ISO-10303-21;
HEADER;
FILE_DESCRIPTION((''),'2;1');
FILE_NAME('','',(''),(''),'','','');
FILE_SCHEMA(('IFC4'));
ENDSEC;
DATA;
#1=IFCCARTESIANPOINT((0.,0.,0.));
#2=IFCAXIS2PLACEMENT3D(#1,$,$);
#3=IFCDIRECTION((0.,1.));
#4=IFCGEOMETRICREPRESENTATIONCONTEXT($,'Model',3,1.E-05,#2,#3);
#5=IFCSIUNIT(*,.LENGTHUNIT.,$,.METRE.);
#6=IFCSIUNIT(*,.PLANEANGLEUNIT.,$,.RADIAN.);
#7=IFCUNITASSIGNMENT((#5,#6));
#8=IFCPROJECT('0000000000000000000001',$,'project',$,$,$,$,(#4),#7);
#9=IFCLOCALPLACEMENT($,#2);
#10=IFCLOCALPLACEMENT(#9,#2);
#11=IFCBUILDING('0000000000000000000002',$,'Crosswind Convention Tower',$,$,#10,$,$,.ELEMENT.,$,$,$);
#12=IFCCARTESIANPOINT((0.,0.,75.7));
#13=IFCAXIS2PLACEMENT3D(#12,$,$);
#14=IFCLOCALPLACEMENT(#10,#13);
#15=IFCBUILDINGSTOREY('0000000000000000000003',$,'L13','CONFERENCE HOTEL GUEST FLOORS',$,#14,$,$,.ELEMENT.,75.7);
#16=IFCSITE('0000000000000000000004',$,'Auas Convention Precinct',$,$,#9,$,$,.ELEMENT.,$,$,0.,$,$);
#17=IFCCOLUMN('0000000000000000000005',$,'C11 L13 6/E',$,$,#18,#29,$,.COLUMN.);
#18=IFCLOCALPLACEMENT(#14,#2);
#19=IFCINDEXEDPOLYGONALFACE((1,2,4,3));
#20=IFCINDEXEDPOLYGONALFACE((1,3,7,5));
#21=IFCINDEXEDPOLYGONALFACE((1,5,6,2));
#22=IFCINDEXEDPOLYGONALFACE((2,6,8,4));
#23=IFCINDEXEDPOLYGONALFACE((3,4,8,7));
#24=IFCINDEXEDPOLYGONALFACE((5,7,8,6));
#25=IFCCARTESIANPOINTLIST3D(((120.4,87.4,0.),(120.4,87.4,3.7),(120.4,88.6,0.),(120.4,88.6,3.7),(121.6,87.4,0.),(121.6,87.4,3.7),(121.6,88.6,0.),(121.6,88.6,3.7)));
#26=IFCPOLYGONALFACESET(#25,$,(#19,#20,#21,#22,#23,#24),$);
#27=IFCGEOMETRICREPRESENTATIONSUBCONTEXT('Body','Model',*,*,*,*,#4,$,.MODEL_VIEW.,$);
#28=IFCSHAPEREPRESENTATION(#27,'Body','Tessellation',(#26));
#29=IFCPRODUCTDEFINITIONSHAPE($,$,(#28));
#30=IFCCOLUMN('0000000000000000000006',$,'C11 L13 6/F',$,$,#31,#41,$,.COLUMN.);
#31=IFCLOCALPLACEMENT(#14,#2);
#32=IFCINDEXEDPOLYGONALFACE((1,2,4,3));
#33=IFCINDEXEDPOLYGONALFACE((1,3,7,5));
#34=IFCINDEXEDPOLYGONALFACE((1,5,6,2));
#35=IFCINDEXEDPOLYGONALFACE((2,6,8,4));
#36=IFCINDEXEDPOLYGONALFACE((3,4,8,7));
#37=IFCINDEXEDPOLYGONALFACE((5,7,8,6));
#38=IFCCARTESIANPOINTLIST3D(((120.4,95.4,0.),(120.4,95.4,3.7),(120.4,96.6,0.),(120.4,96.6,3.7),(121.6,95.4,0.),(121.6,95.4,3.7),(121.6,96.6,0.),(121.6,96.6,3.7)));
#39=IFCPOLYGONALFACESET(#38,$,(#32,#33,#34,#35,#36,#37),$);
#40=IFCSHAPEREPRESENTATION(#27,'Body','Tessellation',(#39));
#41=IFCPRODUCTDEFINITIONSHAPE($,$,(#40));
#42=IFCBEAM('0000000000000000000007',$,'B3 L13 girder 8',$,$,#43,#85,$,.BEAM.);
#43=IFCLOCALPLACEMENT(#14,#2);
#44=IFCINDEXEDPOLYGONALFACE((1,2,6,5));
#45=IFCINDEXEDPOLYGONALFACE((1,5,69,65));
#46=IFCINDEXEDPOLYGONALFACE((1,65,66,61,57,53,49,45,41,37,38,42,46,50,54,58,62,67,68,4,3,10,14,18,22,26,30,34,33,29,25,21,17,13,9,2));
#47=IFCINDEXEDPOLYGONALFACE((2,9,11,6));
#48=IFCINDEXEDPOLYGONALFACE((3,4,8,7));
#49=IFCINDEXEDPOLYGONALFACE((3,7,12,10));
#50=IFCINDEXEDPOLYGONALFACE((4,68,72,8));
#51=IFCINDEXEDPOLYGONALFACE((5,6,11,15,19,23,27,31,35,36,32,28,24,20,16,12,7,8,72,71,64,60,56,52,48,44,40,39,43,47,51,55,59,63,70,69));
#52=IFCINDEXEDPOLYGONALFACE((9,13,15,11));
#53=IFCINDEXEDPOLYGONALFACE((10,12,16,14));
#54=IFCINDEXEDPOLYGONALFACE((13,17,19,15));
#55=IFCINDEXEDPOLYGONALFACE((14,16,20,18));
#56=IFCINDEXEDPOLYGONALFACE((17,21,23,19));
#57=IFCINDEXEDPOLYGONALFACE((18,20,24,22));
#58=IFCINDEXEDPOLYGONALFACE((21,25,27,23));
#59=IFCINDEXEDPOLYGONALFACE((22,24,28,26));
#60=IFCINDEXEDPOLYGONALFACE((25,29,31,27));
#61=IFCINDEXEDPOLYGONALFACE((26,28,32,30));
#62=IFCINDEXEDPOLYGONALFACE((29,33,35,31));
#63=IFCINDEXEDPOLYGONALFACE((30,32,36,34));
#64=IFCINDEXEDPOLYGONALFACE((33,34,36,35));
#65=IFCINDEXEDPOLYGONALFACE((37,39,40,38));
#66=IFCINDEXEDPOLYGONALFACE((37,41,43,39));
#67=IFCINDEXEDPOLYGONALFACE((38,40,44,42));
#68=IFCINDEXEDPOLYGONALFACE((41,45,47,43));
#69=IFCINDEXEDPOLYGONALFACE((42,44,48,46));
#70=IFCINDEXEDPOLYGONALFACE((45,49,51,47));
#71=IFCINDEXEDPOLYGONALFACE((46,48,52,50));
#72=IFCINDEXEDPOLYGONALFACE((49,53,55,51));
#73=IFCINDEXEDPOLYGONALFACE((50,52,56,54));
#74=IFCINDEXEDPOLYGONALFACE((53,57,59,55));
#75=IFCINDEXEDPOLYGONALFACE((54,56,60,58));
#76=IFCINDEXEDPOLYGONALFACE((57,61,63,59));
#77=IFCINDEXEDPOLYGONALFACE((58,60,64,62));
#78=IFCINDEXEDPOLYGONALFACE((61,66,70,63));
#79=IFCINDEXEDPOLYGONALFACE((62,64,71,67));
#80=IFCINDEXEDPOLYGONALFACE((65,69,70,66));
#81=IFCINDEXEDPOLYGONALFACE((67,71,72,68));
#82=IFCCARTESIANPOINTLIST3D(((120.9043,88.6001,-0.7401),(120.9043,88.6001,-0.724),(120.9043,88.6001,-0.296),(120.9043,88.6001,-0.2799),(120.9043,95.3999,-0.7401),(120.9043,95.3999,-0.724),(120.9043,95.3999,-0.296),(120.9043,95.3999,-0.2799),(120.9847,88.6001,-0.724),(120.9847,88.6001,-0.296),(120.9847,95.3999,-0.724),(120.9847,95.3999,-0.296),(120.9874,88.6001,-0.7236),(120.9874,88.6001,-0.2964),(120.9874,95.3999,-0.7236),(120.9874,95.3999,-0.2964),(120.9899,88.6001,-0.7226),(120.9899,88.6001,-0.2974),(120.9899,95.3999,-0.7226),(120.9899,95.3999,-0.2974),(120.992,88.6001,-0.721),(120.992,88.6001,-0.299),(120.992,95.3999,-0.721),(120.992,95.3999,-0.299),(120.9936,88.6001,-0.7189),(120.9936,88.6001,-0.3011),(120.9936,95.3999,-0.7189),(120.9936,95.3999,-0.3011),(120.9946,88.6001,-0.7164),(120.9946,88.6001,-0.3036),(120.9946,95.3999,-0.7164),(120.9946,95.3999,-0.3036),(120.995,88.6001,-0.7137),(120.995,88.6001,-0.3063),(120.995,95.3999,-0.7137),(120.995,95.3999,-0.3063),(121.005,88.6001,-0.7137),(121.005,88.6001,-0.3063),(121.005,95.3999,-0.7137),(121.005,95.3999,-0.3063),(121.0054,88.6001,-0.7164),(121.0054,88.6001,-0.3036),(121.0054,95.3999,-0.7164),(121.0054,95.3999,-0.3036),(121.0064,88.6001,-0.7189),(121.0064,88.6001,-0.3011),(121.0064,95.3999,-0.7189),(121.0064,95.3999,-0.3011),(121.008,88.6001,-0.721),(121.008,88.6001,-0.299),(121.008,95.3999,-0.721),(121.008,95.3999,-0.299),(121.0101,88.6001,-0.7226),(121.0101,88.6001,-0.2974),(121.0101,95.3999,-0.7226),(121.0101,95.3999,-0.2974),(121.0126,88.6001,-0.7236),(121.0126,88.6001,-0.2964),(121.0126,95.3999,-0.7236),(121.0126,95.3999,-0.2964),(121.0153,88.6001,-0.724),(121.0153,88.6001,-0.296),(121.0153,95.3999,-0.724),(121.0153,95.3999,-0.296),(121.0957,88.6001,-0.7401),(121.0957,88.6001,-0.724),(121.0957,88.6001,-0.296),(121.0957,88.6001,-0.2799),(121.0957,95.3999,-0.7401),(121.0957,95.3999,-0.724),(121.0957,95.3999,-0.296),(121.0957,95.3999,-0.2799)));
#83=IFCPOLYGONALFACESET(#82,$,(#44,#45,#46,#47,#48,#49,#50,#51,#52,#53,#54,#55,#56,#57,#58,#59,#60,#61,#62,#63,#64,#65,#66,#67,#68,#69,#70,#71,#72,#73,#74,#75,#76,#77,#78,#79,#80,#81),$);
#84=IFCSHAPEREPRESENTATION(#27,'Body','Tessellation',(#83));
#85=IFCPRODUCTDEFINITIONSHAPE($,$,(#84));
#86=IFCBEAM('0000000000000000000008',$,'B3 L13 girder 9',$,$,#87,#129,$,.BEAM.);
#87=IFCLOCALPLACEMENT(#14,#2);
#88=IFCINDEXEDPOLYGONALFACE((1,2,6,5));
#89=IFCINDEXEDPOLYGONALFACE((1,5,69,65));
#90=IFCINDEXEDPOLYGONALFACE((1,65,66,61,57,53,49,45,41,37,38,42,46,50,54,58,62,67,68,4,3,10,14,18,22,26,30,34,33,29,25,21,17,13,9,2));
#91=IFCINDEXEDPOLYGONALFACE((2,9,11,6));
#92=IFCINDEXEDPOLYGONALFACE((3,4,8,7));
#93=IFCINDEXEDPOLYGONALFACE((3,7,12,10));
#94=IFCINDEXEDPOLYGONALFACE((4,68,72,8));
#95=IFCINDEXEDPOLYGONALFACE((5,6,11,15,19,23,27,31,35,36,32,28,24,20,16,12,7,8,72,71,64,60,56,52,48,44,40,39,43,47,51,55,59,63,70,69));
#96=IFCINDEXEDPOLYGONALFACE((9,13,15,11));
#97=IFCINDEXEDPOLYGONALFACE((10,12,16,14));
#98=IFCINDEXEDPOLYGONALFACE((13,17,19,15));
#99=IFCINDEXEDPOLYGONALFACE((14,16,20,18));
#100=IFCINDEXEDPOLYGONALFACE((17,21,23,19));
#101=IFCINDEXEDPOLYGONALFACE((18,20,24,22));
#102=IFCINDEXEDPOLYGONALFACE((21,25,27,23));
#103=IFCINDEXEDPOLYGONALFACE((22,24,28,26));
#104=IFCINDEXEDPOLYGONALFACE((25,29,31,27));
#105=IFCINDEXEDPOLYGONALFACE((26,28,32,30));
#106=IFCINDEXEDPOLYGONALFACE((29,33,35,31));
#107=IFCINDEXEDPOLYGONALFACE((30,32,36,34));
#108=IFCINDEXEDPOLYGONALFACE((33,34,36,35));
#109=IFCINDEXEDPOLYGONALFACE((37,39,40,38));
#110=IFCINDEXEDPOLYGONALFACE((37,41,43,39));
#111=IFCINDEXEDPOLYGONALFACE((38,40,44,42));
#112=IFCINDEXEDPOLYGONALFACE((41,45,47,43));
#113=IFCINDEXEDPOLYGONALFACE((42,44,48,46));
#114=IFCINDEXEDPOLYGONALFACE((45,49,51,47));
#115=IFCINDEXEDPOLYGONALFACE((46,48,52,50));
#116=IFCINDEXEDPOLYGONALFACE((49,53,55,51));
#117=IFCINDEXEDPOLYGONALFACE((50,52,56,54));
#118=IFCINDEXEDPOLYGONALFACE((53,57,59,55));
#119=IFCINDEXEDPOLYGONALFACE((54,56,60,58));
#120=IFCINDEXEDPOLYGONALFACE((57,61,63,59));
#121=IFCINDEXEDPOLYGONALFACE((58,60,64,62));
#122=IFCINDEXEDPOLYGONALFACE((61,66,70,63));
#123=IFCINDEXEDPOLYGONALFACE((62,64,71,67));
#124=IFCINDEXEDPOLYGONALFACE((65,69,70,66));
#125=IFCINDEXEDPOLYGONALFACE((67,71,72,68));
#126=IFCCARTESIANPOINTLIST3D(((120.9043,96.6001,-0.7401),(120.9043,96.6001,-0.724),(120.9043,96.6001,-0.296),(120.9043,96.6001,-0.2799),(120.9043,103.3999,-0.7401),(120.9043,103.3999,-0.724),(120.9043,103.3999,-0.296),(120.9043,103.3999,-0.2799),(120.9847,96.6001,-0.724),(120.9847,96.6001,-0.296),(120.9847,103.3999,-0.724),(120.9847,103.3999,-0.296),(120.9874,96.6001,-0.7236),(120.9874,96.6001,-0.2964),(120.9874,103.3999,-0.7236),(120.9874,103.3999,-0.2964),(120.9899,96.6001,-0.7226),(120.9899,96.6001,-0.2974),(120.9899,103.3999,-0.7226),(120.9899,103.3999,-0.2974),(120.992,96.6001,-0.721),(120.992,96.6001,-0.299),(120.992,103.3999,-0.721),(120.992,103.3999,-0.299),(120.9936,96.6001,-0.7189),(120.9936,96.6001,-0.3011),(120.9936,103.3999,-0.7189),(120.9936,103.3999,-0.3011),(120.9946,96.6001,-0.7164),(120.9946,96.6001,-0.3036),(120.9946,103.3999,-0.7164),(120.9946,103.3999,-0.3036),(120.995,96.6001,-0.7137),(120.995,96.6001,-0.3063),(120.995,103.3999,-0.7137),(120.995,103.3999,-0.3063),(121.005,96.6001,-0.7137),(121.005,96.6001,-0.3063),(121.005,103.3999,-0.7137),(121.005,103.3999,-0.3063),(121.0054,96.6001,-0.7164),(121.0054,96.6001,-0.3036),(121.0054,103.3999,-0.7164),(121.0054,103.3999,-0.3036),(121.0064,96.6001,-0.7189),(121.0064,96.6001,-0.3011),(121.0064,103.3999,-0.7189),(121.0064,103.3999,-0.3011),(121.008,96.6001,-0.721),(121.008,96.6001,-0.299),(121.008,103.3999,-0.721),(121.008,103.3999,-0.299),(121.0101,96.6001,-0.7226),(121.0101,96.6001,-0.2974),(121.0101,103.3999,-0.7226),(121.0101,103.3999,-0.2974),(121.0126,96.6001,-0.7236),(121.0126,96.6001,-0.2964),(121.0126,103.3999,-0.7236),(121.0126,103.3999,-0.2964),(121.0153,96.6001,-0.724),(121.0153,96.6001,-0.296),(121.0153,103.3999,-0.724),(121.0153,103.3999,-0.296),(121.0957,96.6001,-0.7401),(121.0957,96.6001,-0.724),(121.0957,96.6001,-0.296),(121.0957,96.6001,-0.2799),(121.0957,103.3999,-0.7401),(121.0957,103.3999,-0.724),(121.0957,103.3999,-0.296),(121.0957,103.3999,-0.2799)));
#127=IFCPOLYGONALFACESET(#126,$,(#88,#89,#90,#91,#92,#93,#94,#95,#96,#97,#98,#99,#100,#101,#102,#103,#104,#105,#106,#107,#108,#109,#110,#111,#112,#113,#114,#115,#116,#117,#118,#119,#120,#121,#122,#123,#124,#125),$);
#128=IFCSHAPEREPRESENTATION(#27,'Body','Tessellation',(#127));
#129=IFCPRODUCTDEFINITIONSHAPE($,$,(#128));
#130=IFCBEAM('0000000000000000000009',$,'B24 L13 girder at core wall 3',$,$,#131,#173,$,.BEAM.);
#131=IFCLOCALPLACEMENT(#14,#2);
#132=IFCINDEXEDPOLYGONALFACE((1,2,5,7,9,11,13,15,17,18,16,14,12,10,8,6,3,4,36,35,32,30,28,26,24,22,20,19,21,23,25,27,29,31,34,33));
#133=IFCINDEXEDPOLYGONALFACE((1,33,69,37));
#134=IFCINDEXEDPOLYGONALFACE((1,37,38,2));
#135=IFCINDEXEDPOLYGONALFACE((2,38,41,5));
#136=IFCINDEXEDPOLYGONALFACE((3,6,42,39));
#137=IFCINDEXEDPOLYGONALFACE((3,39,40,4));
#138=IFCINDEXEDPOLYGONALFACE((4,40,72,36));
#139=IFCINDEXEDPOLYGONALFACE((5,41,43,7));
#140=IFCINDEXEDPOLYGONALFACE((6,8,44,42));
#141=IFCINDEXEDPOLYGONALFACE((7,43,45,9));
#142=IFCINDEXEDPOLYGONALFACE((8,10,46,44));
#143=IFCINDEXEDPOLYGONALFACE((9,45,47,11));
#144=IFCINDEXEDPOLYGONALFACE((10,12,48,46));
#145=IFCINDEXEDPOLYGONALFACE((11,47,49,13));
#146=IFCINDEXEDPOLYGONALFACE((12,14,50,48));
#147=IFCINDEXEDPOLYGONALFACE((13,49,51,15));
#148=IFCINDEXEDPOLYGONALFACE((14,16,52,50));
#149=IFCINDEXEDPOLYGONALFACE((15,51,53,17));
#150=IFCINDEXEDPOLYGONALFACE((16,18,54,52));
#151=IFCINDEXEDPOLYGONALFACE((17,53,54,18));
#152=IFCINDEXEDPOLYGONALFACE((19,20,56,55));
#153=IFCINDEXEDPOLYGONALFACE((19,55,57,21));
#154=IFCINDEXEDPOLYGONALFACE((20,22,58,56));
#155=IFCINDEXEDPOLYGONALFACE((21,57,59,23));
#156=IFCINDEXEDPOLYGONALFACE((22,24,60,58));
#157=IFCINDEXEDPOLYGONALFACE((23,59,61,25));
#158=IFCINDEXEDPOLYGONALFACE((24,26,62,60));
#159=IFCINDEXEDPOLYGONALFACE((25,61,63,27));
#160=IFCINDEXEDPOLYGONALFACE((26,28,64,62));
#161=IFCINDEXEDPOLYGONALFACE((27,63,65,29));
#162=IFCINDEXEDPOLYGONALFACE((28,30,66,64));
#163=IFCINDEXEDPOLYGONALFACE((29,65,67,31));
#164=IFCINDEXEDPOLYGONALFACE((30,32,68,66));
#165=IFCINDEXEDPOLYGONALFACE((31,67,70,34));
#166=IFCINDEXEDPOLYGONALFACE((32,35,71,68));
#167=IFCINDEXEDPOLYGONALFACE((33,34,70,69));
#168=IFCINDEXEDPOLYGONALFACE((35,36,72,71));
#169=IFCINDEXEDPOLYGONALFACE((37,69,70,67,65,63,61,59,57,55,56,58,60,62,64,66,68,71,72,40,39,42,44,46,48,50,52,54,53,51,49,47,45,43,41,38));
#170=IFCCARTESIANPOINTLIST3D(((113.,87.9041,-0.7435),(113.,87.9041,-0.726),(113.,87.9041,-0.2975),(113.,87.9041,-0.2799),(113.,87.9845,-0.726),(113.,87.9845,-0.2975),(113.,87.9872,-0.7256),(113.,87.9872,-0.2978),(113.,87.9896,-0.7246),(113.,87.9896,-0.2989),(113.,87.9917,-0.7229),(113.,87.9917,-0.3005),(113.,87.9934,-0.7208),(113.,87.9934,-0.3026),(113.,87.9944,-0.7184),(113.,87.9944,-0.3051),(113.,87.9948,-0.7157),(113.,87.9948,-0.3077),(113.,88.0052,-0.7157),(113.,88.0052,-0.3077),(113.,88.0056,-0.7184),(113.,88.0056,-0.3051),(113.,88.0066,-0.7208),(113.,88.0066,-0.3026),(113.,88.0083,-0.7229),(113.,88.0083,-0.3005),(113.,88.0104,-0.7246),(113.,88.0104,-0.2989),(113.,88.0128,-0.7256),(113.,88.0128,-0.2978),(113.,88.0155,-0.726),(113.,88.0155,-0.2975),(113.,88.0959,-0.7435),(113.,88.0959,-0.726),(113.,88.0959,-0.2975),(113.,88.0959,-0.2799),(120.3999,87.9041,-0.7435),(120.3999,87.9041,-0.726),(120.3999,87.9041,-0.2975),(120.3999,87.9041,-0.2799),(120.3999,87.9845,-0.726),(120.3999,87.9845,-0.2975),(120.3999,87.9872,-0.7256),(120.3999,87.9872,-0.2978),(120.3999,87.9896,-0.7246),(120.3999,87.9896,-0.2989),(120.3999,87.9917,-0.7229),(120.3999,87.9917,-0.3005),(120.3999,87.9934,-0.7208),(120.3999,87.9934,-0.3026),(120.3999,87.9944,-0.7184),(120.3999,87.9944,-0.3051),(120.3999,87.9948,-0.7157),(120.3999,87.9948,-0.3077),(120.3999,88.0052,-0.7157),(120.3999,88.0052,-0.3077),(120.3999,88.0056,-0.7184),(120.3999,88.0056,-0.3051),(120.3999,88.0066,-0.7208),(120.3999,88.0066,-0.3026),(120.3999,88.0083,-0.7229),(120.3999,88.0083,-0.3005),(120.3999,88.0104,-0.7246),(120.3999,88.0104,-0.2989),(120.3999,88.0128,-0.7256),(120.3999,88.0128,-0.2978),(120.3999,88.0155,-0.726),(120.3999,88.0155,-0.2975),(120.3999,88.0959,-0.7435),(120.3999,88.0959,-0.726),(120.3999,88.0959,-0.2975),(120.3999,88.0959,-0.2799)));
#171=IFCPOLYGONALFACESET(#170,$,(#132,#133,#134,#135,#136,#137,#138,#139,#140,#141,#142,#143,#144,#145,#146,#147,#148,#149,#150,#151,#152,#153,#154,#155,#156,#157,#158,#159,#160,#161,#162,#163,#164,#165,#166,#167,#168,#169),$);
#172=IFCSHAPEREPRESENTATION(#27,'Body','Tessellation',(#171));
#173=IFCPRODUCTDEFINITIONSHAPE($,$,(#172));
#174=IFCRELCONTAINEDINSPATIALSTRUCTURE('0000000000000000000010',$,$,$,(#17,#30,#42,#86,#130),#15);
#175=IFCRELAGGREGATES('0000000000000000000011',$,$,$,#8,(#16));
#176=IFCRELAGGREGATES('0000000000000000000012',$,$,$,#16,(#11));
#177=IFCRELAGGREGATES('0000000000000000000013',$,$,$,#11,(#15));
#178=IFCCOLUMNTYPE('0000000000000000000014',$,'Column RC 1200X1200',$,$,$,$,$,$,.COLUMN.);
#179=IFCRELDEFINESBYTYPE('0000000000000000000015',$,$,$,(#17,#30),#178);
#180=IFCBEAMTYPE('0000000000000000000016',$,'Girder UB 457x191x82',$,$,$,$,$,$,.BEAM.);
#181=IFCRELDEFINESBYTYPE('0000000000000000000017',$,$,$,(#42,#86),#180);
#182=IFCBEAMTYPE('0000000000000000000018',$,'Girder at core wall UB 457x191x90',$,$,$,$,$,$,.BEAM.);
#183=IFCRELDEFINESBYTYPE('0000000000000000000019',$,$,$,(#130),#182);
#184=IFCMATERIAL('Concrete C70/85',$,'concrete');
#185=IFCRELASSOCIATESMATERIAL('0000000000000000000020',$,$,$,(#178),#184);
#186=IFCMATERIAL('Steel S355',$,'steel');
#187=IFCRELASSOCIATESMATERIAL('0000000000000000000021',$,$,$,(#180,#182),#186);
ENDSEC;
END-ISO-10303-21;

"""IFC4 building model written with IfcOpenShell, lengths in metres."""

from ifc_helpers import new_model, si_unit, direction, frame, origin, origin_2d, place, context, subcontext, project, spatial, rectangle, i_section, extrude, material, material_profile, profile_set, type_object, element, save


model = new_model("IFC4")

# Units and contexts
model_context = context("Model", 3, precision=1e-05, world=origin(), true_north=direction((0.0, 1.0)))
body_context = subcontext(model_context, "Body", "Model", "MODEL_VIEW")
ifc_project = project(units=[si_unit("LENGTHUNIT", "METRE"), si_unit("PLANEANGLEUNIT", "RADIAN")], contexts=[model_context])

# Site, building, storey
site_placement = place(None, origin())
site = spatial("IfcSite", under=ifc_project, at=site_placement, Name="Auas Convention Precinct", CompositionType="ELEMENT", RefElevation=0.0)
building_placement = place(site_placement, origin())
building = spatial("IfcBuilding", under=site, at=building_placement, Name="Crosswind Convention Tower", CompositionType="ELEMENT")
storey_placement = place(building_placement, frame((0.0, 0.0, 75.7)))
storey = spatial("IfcBuildingStorey", under=building, at=storey_placement, Name="L13", Description="CONFERENCE HOTEL GUEST FLOORS", CompositionType="ELEMENT", Elevation=75.7)

# Columns
ifc_material_1 = material(Name="Concrete C70/85", Category="concrete")
ifc_material_profile_1 = material_profile(ifc_material_1, rectangle(XDim=1.2, YDim=1.2, at=origin_2d()), Name="RC 1200X1200")
ifc_profile_set_1 = profile_set([ifc_material_profile_1], Name="Concrete C70/85")
column_type = type_object("IfcColumnType", Name="Column RC 1200X1200", PredefinedType="COLUMN", material=ifc_profile_set_1)
for number, where, z_axis, x_axis, name in (
    (1, (121.0, 88.0, 0.0), (0.0, 0.0, 1.0), (1.0, 0.0, 0.0), "C11 L13 6/E"),
    (2, (121.0, 96.0, 0.0), (0.0, 0.0, 1.0), (1.0, 0.0, 0.0), "C11 L13 6/F"),
):
    element("IfcColumn", number, at=place(storey_placement, frame(where, z_axis=z_axis, x_axis=x_axis)), inside=storey, type_object=column_type, Name=name, PredefinedType="COLUMN", context=body_context, shape_type="SweptSolid", body=[
        extrude(rectangle(XDim=1.2, YDim=1.2, at=origin_2d()), origin(), (0.0, 0.0, 1.0), 3.7),
    ])

# Beams
ifc_material_2 = material(Name="Steel S355", Category="steel")
ifc_material_profile_2 = material_profile(ifc_material_2, i_section(OverallWidth=0.1914, OverallDepth=0.4602, WebThickness=0.01, FlangeThickness=0.0161, FilletRadius=0.0103, at=origin_2d()), Name="UB 457x191x82")
ifc_profile_set_2 = profile_set([ifc_material_profile_2], Name="Steel S355")
beam_type_1 = type_object("IfcBeamType", Name="Girder UB 457x191x82", PredefinedType="BEAM", material=ifc_profile_set_2)
for number, where, z_axis, x_axis, name in (
    (3, (121.0, 88.6001, -0.51), (0.0, 1.0, 0.0), (-1.0, 0.0, 0.0), "B3 L13 girder 8"),
    (4, (121.0, 96.6001, -0.51), (0.0, 1.0, 0.0), (-1.0, 0.0, 0.0), "B3 L13 girder 9"),
):
    element("IfcBeam", number, at=place(storey_placement, frame(where, z_axis=z_axis, x_axis=x_axis)), inside=storey, type_object=beam_type_1, Name=name, PredefinedType="BEAM", context=body_context, shape_type="SweptSolid", body=[
        extrude(i_section(OverallWidth=0.1914, OverallDepth=0.4602, WebThickness=0.01, FlangeThickness=0.0161, FilletRadius=0.0103, at=origin_2d()), origin(), (0.0, 0.0, 1.0), 6.7998),
    ])
ifc_material_profile_3 = material_profile(ifc_material_2, i_section(OverallWidth=0.1919, OverallDepth=0.4636, WebThickness=0.0105, FlangeThickness=0.0176, FilletRadius=0.0103, at=origin_2d()), Name="UB 457x191x90")
ifc_profile_set_3 = profile_set([ifc_material_profile_3], Name="Steel S355")
beam_type_2 = type_object("IfcBeamType", Name="Girder at core wall UB 457x191x90", PredefinedType="BEAM", material=ifc_profile_set_3)
for number, where, z_axis, x_axis, name in (
    (5, (113.0, 88.0, -0.5117), (1.0, 0.0, 0.0), (0.0, 1.0, 0.0), "B24 L13 girder at core wall 3"),
):
    element("IfcBeam", number, at=place(storey_placement, frame(where, z_axis=z_axis, x_axis=x_axis)), inside=storey, type_object=beam_type_2, Name=name, PredefinedType="BEAM", context=body_context, shape_type="SweptSolid", body=[
        extrude(i_section(OverallWidth=0.1919, OverallDepth=0.4636, WebThickness=0.0105, FlangeThickness=0.0176, FilletRadius=0.0103, at=origin_2d()), origin(), (0.0, 0.0, 1.0), 7.3999),
    ])

save(model, "model.ifc")
